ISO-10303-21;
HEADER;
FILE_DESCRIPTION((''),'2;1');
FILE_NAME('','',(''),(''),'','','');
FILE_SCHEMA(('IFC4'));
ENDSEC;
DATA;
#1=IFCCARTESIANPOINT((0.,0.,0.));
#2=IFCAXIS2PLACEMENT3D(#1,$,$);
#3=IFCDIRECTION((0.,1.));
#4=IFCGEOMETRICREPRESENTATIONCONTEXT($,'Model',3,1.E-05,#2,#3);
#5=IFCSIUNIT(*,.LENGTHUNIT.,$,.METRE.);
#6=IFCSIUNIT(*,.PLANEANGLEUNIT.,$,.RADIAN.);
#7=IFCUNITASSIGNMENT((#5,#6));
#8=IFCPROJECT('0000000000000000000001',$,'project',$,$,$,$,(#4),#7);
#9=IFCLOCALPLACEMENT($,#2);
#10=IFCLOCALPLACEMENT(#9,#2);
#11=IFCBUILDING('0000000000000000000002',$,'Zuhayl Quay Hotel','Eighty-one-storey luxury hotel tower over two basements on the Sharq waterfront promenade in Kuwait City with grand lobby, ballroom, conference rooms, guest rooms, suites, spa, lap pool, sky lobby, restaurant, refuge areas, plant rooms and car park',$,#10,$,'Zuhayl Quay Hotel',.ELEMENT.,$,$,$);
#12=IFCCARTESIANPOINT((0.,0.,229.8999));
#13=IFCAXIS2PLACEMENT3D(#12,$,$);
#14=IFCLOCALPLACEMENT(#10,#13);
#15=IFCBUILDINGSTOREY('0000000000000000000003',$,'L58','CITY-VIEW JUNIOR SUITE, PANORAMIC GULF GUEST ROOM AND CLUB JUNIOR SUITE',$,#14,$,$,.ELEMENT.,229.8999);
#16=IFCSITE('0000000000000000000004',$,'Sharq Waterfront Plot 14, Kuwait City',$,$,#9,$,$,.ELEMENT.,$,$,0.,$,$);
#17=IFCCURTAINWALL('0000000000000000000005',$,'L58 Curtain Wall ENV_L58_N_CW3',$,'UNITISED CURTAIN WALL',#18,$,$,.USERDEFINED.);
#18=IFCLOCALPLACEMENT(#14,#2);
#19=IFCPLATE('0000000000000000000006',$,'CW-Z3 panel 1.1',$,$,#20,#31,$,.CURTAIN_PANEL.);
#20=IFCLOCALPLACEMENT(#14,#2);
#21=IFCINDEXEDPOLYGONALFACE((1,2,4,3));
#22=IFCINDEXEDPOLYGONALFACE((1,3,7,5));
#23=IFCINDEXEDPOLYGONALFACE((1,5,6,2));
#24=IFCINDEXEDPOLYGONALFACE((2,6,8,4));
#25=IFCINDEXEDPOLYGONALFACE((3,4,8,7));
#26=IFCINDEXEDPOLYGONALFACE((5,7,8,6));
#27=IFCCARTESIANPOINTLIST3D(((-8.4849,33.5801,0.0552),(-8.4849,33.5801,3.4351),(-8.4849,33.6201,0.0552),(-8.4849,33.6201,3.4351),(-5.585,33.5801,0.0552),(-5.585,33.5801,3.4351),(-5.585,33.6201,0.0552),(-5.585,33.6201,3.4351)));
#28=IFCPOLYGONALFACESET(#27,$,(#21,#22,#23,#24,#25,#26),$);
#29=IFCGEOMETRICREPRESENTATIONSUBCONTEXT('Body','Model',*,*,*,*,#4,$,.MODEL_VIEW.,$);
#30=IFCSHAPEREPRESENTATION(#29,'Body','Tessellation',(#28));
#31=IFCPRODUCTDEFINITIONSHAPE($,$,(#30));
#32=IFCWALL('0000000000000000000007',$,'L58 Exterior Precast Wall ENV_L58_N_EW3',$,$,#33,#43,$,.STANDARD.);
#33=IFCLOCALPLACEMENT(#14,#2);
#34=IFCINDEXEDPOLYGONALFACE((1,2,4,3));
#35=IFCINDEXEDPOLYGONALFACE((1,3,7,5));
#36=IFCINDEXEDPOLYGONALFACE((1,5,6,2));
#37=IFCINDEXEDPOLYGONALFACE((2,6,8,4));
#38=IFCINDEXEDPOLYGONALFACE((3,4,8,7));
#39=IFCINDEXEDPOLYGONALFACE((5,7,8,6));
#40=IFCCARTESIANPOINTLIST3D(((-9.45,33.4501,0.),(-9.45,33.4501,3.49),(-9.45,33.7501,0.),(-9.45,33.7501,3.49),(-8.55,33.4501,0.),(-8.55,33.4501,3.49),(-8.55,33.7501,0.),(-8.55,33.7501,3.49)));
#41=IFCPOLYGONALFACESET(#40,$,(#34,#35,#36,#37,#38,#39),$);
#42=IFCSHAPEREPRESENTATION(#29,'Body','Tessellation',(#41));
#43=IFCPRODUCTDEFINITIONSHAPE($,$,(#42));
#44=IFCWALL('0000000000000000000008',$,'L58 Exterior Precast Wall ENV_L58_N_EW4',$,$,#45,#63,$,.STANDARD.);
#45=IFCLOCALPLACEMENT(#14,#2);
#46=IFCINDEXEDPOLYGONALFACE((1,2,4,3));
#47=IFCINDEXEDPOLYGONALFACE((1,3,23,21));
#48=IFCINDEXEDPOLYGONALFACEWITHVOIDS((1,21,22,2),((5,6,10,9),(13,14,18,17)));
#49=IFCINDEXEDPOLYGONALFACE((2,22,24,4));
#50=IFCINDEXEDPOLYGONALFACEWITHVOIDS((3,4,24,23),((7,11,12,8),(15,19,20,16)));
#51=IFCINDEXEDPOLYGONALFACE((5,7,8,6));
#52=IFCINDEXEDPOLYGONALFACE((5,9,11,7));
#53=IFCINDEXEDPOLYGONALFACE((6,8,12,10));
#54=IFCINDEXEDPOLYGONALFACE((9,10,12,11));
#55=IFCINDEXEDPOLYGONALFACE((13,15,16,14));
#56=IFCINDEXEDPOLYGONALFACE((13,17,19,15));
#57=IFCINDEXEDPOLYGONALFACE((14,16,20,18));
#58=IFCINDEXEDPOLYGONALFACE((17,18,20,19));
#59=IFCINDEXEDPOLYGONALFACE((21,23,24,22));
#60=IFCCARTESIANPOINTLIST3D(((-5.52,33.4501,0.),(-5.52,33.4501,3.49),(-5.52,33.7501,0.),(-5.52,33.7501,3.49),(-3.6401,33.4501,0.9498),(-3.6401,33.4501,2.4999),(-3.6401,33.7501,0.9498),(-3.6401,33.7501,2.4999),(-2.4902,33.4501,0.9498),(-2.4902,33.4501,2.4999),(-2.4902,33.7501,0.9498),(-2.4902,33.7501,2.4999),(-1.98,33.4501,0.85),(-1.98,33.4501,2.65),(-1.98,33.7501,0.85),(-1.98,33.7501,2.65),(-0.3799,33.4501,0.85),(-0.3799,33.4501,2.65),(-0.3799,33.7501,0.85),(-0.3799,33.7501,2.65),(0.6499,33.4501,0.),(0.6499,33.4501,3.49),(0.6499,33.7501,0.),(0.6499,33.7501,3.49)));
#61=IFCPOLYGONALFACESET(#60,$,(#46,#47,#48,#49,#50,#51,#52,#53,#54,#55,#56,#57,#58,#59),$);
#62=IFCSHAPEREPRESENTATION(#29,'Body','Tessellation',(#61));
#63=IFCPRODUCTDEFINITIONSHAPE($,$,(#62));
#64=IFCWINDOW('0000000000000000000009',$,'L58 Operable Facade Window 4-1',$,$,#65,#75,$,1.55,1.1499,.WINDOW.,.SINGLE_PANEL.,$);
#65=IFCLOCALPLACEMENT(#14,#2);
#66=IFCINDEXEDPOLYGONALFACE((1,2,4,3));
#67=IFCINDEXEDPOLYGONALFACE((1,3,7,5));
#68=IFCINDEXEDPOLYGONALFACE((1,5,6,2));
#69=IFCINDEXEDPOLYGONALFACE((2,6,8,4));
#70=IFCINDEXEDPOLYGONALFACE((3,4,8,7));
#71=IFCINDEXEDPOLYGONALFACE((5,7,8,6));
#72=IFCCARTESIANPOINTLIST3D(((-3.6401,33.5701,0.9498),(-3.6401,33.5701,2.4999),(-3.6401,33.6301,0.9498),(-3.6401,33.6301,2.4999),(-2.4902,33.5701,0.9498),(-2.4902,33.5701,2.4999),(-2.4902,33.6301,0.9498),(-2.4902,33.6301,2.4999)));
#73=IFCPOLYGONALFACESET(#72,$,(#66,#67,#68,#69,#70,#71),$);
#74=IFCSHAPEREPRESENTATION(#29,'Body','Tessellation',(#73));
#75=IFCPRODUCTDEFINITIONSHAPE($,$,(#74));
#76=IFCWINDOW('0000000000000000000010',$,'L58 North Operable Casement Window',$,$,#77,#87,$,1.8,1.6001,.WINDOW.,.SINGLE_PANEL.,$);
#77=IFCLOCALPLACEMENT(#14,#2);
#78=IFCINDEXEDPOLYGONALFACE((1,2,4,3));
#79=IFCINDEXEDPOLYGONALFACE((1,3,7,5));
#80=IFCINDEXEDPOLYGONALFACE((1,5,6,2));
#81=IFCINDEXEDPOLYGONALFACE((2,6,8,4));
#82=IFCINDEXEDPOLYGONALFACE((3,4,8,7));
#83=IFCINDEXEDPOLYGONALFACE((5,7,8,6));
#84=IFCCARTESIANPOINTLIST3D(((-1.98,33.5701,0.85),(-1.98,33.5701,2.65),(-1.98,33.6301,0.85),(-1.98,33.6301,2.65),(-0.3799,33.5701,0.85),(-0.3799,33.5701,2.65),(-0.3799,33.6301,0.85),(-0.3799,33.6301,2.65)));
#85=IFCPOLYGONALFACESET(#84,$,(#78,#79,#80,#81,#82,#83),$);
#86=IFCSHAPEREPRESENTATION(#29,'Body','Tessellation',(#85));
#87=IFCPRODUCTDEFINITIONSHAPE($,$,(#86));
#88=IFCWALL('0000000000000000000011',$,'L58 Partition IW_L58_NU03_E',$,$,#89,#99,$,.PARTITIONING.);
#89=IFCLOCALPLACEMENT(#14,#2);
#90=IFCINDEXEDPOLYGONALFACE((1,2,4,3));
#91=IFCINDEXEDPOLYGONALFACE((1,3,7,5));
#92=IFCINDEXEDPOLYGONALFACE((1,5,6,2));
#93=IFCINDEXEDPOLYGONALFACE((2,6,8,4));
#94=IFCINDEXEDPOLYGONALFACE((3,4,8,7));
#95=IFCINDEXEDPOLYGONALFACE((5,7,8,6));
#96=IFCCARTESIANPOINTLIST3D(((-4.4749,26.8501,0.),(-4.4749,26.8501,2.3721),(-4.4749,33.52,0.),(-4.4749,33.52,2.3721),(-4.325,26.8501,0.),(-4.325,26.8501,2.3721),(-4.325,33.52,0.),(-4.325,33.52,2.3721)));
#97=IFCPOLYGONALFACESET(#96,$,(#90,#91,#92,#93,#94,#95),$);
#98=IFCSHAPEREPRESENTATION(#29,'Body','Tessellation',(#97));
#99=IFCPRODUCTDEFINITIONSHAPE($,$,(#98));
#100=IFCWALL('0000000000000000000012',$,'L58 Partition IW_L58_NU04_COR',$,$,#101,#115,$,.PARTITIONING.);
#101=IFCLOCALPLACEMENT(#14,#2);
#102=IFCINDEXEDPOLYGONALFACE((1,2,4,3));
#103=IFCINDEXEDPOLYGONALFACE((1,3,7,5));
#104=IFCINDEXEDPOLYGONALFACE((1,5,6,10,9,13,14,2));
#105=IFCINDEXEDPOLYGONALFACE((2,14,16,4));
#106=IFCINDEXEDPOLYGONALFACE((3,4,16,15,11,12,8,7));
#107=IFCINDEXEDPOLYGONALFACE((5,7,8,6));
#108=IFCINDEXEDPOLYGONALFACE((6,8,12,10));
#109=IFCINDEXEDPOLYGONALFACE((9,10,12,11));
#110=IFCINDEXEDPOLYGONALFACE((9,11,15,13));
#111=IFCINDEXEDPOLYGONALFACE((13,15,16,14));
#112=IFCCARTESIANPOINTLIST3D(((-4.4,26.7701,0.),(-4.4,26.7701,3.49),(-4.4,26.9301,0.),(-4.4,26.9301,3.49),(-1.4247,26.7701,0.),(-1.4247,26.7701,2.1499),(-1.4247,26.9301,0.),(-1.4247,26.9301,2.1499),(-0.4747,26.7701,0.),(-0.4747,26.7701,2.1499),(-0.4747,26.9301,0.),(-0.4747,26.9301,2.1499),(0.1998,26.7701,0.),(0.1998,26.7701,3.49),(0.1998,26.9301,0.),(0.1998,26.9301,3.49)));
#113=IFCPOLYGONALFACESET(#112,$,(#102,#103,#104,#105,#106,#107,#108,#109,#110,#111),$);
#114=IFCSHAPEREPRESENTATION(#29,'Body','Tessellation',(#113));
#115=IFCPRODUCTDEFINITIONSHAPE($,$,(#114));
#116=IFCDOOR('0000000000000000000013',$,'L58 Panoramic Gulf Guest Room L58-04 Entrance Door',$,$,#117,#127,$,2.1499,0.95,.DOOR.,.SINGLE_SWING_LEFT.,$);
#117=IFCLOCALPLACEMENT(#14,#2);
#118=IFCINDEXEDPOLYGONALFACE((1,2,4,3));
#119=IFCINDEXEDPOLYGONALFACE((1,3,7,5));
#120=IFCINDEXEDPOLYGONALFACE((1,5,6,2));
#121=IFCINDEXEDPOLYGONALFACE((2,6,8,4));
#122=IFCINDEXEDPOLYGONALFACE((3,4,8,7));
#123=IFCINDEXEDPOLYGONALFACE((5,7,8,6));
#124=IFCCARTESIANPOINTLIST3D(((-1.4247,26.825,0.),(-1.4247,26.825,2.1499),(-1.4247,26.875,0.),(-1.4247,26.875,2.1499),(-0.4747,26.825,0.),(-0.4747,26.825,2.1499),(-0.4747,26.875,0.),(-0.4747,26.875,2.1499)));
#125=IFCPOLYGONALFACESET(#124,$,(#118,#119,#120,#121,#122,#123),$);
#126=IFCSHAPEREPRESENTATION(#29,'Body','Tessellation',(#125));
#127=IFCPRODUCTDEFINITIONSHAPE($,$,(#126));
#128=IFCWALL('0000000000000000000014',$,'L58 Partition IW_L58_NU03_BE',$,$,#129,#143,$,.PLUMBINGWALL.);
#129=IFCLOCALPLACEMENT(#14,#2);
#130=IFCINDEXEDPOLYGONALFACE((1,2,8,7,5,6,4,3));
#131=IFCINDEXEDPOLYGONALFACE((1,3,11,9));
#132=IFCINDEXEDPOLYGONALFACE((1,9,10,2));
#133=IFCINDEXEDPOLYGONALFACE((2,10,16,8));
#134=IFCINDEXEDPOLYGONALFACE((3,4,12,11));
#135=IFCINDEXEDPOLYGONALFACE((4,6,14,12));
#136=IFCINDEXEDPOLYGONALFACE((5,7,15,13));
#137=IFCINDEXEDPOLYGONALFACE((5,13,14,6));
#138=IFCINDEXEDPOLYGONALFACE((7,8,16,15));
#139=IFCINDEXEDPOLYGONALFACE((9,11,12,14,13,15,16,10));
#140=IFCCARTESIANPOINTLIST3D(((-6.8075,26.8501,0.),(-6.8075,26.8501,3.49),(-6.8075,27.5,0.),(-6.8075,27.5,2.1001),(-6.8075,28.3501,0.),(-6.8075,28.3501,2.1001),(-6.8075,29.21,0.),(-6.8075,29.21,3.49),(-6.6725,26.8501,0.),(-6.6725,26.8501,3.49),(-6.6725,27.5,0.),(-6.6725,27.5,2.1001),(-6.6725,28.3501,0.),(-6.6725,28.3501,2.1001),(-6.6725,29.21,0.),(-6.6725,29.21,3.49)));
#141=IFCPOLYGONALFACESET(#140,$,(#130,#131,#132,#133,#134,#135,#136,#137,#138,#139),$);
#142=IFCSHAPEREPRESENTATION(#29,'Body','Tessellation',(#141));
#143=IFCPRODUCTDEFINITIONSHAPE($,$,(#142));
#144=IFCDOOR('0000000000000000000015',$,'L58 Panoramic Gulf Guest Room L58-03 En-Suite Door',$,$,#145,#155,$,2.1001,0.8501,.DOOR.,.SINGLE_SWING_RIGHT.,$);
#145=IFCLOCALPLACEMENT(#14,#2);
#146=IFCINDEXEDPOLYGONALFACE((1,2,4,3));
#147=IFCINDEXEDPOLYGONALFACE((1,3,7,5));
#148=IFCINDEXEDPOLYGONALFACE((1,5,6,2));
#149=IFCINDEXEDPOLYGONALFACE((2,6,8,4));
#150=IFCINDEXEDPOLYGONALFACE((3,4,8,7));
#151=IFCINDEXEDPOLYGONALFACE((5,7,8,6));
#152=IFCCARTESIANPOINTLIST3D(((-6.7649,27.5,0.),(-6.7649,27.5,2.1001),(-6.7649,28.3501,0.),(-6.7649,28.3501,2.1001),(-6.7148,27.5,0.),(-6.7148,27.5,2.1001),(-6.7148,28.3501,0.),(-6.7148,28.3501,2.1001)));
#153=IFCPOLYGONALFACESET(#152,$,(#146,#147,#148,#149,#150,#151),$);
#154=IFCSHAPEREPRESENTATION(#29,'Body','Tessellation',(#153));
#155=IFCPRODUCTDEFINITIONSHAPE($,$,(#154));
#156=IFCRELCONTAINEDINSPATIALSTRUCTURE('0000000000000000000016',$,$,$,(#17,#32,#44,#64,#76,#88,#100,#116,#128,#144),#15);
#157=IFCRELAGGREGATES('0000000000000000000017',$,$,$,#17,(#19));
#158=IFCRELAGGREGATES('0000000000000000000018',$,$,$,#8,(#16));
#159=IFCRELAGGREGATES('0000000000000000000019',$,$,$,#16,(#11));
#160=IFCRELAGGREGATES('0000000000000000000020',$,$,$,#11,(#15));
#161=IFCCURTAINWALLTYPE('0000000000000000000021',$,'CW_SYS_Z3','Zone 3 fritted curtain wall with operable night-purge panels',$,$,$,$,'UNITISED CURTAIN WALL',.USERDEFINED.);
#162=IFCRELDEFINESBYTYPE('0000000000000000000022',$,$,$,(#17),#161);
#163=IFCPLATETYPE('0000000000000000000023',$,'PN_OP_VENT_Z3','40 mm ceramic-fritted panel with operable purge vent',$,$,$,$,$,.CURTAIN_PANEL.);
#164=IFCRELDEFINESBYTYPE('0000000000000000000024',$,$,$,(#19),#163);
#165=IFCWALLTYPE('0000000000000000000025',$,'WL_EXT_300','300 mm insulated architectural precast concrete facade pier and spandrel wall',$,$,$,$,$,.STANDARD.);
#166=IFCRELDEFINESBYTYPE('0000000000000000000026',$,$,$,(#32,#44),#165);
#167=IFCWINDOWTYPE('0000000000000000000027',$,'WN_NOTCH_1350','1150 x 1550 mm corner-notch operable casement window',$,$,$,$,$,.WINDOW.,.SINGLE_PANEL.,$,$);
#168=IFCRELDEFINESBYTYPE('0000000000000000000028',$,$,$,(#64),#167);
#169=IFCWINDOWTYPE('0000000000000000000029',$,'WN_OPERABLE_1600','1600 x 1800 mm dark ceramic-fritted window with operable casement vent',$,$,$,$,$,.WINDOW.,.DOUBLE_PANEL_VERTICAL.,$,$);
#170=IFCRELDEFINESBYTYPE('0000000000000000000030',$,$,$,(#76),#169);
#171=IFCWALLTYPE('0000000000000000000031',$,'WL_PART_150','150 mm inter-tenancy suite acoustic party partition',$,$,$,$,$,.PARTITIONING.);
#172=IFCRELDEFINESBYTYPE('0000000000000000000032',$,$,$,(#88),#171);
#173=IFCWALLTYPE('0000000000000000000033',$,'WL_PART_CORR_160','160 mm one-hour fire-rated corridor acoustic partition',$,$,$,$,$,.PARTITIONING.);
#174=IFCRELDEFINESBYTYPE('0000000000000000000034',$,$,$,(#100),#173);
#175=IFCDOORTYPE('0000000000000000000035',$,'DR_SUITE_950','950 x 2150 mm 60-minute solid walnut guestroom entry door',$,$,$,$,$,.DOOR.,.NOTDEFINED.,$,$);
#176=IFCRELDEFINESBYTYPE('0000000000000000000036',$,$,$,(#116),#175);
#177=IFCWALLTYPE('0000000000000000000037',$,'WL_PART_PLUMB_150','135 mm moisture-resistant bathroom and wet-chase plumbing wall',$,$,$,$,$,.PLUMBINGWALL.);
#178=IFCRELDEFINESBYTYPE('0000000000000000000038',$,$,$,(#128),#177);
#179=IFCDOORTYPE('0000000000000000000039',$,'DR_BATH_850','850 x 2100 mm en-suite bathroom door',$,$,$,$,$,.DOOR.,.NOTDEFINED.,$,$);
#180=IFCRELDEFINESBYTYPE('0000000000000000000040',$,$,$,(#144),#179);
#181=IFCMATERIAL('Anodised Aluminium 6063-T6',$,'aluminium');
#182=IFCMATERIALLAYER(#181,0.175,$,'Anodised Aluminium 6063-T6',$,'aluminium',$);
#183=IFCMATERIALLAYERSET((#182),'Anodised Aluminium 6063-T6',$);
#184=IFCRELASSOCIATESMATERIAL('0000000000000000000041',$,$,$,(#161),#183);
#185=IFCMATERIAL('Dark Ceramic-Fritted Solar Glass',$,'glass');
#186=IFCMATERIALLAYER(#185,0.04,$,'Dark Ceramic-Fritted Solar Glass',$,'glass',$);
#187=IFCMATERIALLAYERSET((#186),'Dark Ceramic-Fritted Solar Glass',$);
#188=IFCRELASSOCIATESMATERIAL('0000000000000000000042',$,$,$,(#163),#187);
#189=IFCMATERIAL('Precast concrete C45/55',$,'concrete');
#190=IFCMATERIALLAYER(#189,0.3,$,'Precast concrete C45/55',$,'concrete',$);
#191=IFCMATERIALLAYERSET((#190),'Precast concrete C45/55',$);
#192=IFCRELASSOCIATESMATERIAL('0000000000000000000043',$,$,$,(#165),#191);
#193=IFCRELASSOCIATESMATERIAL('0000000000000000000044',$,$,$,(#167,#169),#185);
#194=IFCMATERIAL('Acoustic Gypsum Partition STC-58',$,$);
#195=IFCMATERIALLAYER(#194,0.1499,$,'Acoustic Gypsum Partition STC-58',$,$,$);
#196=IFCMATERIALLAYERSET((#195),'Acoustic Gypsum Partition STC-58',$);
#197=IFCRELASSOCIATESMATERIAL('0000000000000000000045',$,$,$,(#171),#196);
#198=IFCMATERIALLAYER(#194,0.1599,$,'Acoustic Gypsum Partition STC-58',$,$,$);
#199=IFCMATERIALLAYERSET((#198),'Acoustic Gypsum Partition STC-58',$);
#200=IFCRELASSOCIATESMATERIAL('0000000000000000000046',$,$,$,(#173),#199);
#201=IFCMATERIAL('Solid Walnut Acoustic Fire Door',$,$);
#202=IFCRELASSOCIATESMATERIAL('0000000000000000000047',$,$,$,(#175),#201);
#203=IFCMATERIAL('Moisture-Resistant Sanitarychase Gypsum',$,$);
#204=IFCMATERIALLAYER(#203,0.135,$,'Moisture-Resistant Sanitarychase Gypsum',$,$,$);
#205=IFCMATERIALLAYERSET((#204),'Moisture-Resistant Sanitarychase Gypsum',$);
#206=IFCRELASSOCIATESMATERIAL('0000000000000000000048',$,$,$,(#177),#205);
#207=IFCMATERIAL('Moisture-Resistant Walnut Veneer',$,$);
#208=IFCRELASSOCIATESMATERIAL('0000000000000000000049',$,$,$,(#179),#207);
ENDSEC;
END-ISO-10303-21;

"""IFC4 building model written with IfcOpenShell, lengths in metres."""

from ifc_helpers import new_model, si_unit, direction, frame, frame_2d, origin, origin_2d, place, context, subcontext, project, spatial, rectangle, extrude, material, layer, layer_set, type_object, element, fill, aggregate, save


model = new_model("IFC4")

# Units and contexts
model_context = context("Model", 3, precision=1e-05, world=origin(), true_north=direction((0.0, 1.0)))
body_context = subcontext(model_context, "Body", "Model", "MODEL_VIEW")
ifc_project = project(units=[si_unit("LENGTHUNIT", "METRE"), si_unit("PLANEANGLEUNIT", "RADIAN")], contexts=[model_context])

# Site, building, storey
site_placement = place(None, origin())
site = spatial("IfcSite", under=ifc_project, at=site_placement, Name="Sharq Waterfront Plot 14, Kuwait City", CompositionType="ELEMENT", RefElevation=0.0)
building_placement = place(site_placement, origin())
building = spatial("IfcBuilding", under=site, at=building_placement, Name="Zuhayl Quay Hotel", Description="Eighty-one-storey luxury hotel tower over two basements on the Sharq waterfront promenade in Kuwait City with grand lobby, ballroom, conference rooms, guest rooms, suites, spa, lap pool, sky lobby, restaurant, refuge areas, plant rooms and car park", LongName="Zuhayl Quay Hotel", CompositionType="ELEMENT")
storey_placement = place(building_placement, frame((0.0, 0.0, 229.8999)))
storey = spatial("IfcBuildingStorey", under=building, at=storey_placement, Name="L58", Description="CITY-VIEW JUNIOR SUITE, PANORAMIC GULF GUEST ROOM AND CLUB JUNIOR SUITE", CompositionType="ELEMENT", Elevation=229.8999)

# Shared definitions
ifc_material_1 = material(Name="Anodised Aluminium 6063-T6", Category="aluminium")
ifc_layer_1 = layer(ifc_material_1, 0.175, Name="Anodised Aluminium 6063-T6", Category="aluminium")
ifc_layer_set_1 = layer_set([ifc_layer_1], Name="Anodised Aluminium 6063-T6")
curtain_wall_type = type_object("IfcCurtainWallType", Name="CW_SYS_Z3", Description="Zone 3 fritted curtain wall with operable night-purge panels", ElementType="UNITISED CURTAIN WALL", PredefinedType="USERDEFINED", material=ifc_layer_set_1)

# Curtain wall
curtain_wall_1_placement = place(storey_placement, origin())
curtain_wall_1 = element("IfcCurtainWall", 1, at=curtain_wall_1_placement, inside=storey, type_object=curtain_wall_type, Name="L58 Curtain Wall ENV_L58_N_CW3", ObjectType="UNITISED CURTAIN WALL", PredefinedType="USERDEFINED")

# Plate
ifc_material_2 = material(Name="Dark Ceramic-Fritted Solar Glass", Category="glass")
ifc_layer_2 = layer(ifc_material_2, 0.04, Name="Dark Ceramic-Fritted Solar Glass", Category="glass")
ifc_layer_set_2 = layer_set([ifc_layer_2], Name="Dark Ceramic-Fritted Solar Glass")
plate_type = type_object("IfcPlateType", Name="PN_OP_VENT_Z3", Description="40 mm ceramic-fritted panel with operable purge vent", PredefinedType="CURTAIN_PANEL", material=ifc_layer_set_2)
plate_1_placement = place(storey_placement, frame((-7.0349, 33.6001, 0.0552), z_axis=(0.0, 0.0, 1.0), x_axis=(1.0, 0.0, 0.0)))
plate_1 = element("IfcPlate", 2, at=plate_1_placement, type_object=plate_type, Name="CW-Z3 panel 1.1", PredefinedType="CURTAIN_PANEL", context=body_context, shape_type="SweptSolid", body=[
    extrude(rectangle(XDim=2.8999, YDim=0.04, at=origin_2d()), origin(), (0.0, 0.0, 1.0), 3.3799),
])
aggregate(curtain_wall_1, [plate_1])

# Wall
ifc_material_3 = material(Name="Precast concrete C45/55", Category="concrete")
ifc_layer_3 = layer(ifc_material_3, 0.3, Name="Precast concrete C45/55", Category="concrete")
ifc_layer_set_3 = layer_set([ifc_layer_3], Name="Precast concrete C45/55")
wall_type_1 = type_object("IfcWallType", Name="WL_EXT_300", Description="300 mm insulated architectural precast concrete facade pier and spandrel wall", PredefinedType="STANDARD", material=ifc_layer_set_3)
wall_1_placement = place(storey_placement, frame((-9.45, 33.6001, 0.0), z_axis=(0.0, 0.0, 1.0), x_axis=(1.0, 0.0, 0.0)))
element("IfcWall", 3, at=wall_1_placement, inside=storey, type_object=wall_type_1, Name="L58 Exterior Precast Wall ENV_L58_N_EW3", PredefinedType="STANDARD", context=body_context, shape_type="SweptSolid", body=[
    extrude(rectangle(XDim=0.8999, YDim=0.3, at=frame_2d((0.45, 0.0))), origin(), (0.0, 0.0, 1.0), 3.49),
])

# Wall, openings, windows
wall_2_placement = place(storey_placement, frame((-5.52, 33.6001, 0.0), z_axis=(0.0, 0.0, 1.0), x_axis=(1.0, 0.0, 0.0)))
wall_2 = element("IfcWall", 4, at=wall_2_placement, inside=storey, type_object=wall_type_1, Name="L58 Exterior Precast Wall ENV_L58_N_EW4", PredefinedType="STANDARD", context=body_context, shape_type="SweptSolid", body=[
    extrude(rectangle(XDim=6.1699, YDim=0.3, at=frame_2d((3.085, 0.0))), origin(), (0.0, 0.0, 1.0), 3.49),
])
opening_1_placement = place(wall_2_placement, frame((3.54, 0.0, 0.8501)))
opening_1 = element("IfcOpeningElement", 5, at=opening_1_placement, cuts=wall_2, PredefinedType="OPENING", context=body_context, shape_type="SweptSolid", body=[
    extrude(rectangle(XDim=1.6001, YDim=1.8, at=frame_2d((0.8, 0.8999))), frame((0.0, 0.1599, 0.0), z_axis=(0.0, -1.0, 0.0), x_axis=(1.0, 0.0, 0.0)), (0.0, 0.0, 1.0), 0.3201),
])
opening_2_placement = place(wall_2_placement, frame((1.8799, 0.0, 0.95)))
opening_2 = element("IfcOpeningElement", 6, at=opening_2_placement, cuts=wall_2, PredefinedType="OPENING", context=body_context, shape_type="SweptSolid", body=[
    extrude(rectangle(XDim=1.1499, YDim=1.55, at=frame_2d((0.575, 0.7749))), frame((0.0, 0.1599, 0.0), z_axis=(0.0, -1.0, 0.0), x_axis=(1.0, 0.0, 0.0)), (0.0, 0.0, 1.0), 0.3201),
])
window_type_1 = type_object("IfcWindowType", Name="WN_NOTCH_1350", Description="1150 x 1550 mm corner-notch operable casement window", PartitioningType="SINGLE_PANEL", PredefinedType="WINDOW", material=ifc_material_2)
window_1_placement = place(opening_2_placement, origin())
window_1 = element("IfcWindow", 7, at=window_1_placement, inside=storey, type_object=window_type_1, Name="L58 Operable Facade Window 4-1", OverallHeight=1.55, OverallWidth=1.1499, PartitioningType="SINGLE_PANEL", PredefinedType="WINDOW", context=body_context, shape_type="SweptSolid", body=[
    extrude(rectangle(XDim=1.1499, YDim=1.55, at=frame_2d((0.575, 0.7749))), frame((0.0, 0.03, 0.0), z_axis=(0.0, -1.0, 0.0), x_axis=(1.0, 0.0, 0.0)), (0.0, 0.0, 1.0), 0.0601),
])
fill(opening_2, window_1)
window_type_2 = type_object("IfcWindowType", Name="WN_OPERABLE_1600", Description="1600 x 1800 mm dark ceramic-fritted window with operable casement vent", PartitioningType="DOUBLE_PANEL_VERTICAL", PredefinedType="WINDOW", material=ifc_material_2)
window_2_placement = place(opening_1_placement, origin())
window_2 = element("IfcWindow", 8, at=window_2_placement, inside=storey, type_object=window_type_2, Name="L58 North Operable Casement Window", OverallHeight=1.8, OverallWidth=1.6001, PartitioningType="SINGLE_PANEL", PredefinedType="WINDOW", context=body_context, shape_type="SweptSolid", body=[
    extrude(rectangle(XDim=1.6001, YDim=1.8, at=frame_2d((0.8, 0.8999))), frame((0.0, 0.03, 0.0), z_axis=(0.0, -1.0, 0.0), x_axis=(1.0, 0.0, 0.0)), (0.0, 0.0, 1.0), 0.0601),
])
fill(opening_1, window_2)

# Wall
ifc_material_4 = material(Name="Acoustic Gypsum Partition STC-58")
ifc_layer_4 = layer(ifc_material_4, 0.1499, Name="Acoustic Gypsum Partition STC-58")
ifc_layer_set_4 = layer_set([ifc_layer_4], Name="Acoustic Gypsum Partition STC-58")
wall_type_2 = type_object("IfcWallType", Name="WL_PART_150", Description="150 mm inter-tenancy suite acoustic party partition", PredefinedType="PARTITIONING", material=ifc_layer_set_4)
wall_3_placement = place(storey_placement, frame((-4.3999, 26.8501, 0.0), z_axis=(0.0, 0.0, 1.0), x_axis=(0.0, 1.0, 0.0)))
element("IfcWall", 9, at=wall_3_placement, inside=storey, type_object=wall_type_2, Name="L58 Partition IW_L58_NU03_E", PredefinedType="PARTITIONING", context=body_context, shape_type="SweptSolid", body=[
    extrude(rectangle(XDim=6.6699, YDim=0.1499, at=frame_2d((3.335, 0.0))), origin(), (0.0, 0.0, 1.0), 2.3721),
])

# Walls, openings, doors
ifc_layer_5 = layer(ifc_material_4, 0.1599, Name="Acoustic Gypsum Partition STC-58")
ifc_layer_set_5 = layer_set([ifc_layer_5], Name="Acoustic Gypsum Partition STC-58")
wall_type_3 = type_object("IfcWallType", Name="WL_PART_CORR_160", Description="160 mm one-hour fire-rated corridor acoustic partition", PredefinedType="PARTITIONING", material=ifc_layer_set_5)
wall_4_placement = place(storey_placement, frame((-4.3999, 26.8501, 0.0), z_axis=(0.0, 0.0, 1.0), x_axis=(1.0, 0.0, 0.0)))
wall_4 = element("IfcWall", 10, at=wall_4_placement, inside=storey, type_object=wall_type_3, Name="L58 Partition IW_L58_NU04_COR", PredefinedType="PARTITIONING", context=body_context, shape_type="SweptSolid", body=[
    extrude(rectangle(XDim=4.5999, YDim=0.1599, at=frame_2d((2.2998, 0.0))), origin(), (0.0, 0.0, 1.0), 3.49),
])
opening_3_placement = place(wall_4_placement, frame((2.9751, 0.0, 0.0)))
opening_3 = element("IfcOpeningElement", 11, at=opening_3_placement, cuts=wall_4, PredefinedType="OPENING", context=body_context, shape_type="SweptSolid", body=[
    extrude(rectangle(XDim=0.95, YDim=2.1499, at=frame_2d((0.4751, 1.075))), frame((0.0, 0.0898, 0.0), z_axis=(0.0, -1.0, 0.0), x_axis=(1.0, 0.0, 0.0)), (0.0, 0.0, 1.0), 0.1799),
])
ifc_material_5 = material(Name="Solid Walnut Acoustic Fire Door")
door_type_1 = type_object("IfcDoorType", Name="DR_SUITE_950", Description="950 x 2150 mm 60-minute solid walnut guestroom entry door", OperationType="NOTDEFINED", PredefinedType="DOOR", material=ifc_material_5)
door_1_placement = place(opening_3_placement, origin())
door_1 = element("IfcDoor", 12, at=door_1_placement, inside=storey, type_object=door_type_1, Name="L58 Panoramic Gulf Guest Room L58-04 Entrance Door", OperationType="SINGLE_SWING_LEFT", OverallHeight=2.1499, OverallWidth=0.95, PredefinedType="DOOR", context=body_context, shape_type="SweptSolid", body=[
    extrude(rectangle(XDim=0.95, YDim=2.1499, at=frame_2d((0.4751, 1.075))), frame((0.0, 0.0249, 0.0), z_axis=(0.0, -1.0, 0.0), x_axis=(1.0, 0.0, 0.0)), (0.0, 0.0, 1.0), 0.05),
])
fill(opening_3, door_1)
ifc_material_6 = material(Name="Moisture-Resistant Sanitarychase Gypsum")
ifc_layer_6 = layer(ifc_material_6, 0.135, Name="Moisture-Resistant Sanitarychase Gypsum")
ifc_layer_set_6 = layer_set([ifc_layer_6], Name="Moisture-Resistant Sanitarychase Gypsum")
wall_type_4 = type_object("IfcWallType", Name="WL_PART_PLUMB_150", Description="135 mm moisture-resistant bathroom and wet-chase plumbing wall", PredefinedType="PLUMBINGWALL", material=ifc_layer_set_6)
wall_5_placement = place(storey_placement, frame((-6.74, 26.8501, 0.0), z_axis=(0.0, 0.0, 1.0), x_axis=(0.0, 1.0, 0.0)))
wall_5 = element("IfcWall", 13, at=wall_5_placement, inside=storey, type_object=wall_type_4, Name="L58 Partition IW_L58_NU03_BE", PredefinedType="PLUMBINGWALL", context=body_context, shape_type="SweptSolid", body=[
    extrude(rectangle(XDim=2.3599, YDim=0.135, at=frame_2d((1.1799, 0.0))), origin(), (0.0, 0.0, 1.0), 3.49),
])
opening_4_placement = place(wall_5_placement, frame((0.6499, 0.0, 0.0)))
opening_4 = element("IfcOpeningElement", 14, at=opening_4_placement, cuts=wall_5, PredefinedType="OPENING", context=body_context, shape_type="SweptSolid", body=[
    extrude(rectangle(XDim=0.8501, YDim=2.1001, at=frame_2d((0.425, 1.05))), frame((0.0, 0.0774, 0.0), z_axis=(0.0, -1.0, 0.0), x_axis=(1.0, 0.0, 0.0)), (0.0, 0.0, 1.0), 0.155),
])
ifc_material_7 = material(Name="Moisture-Resistant Walnut Veneer")
door_type_2 = type_object("IfcDoorType", Name="DR_BATH_850", Description="850 x 2100 mm en-suite bathroom door", OperationType="NOTDEFINED", PredefinedType="DOOR", material=ifc_material_7)
door_2_placement = place(opening_4_placement, origin())
door_2 = element("IfcDoor", 15, at=door_2_placement, inside=storey, type_object=door_type_2, Name="L58 Panoramic Gulf Guest Room L58-03 En-Suite Door", OperationType="SINGLE_SWING_RIGHT", OverallHeight=2.1001, OverallWidth=0.8501, PredefinedType="DOOR", context=body_context, shape_type="SweptSolid", body=[
    extrude(rectangle(XDim=0.8501, YDim=2.1001, at=frame_2d((0.425, 1.05))), frame((0.0, 0.0249, 0.0), z_axis=(0.0, -1.0, 0.0), x_axis=(1.0, 0.0, 0.0)), (0.0, 0.0, 1.0), 0.05),
])
fill(opening_4, door_2)

save(model, "model.ifc")
